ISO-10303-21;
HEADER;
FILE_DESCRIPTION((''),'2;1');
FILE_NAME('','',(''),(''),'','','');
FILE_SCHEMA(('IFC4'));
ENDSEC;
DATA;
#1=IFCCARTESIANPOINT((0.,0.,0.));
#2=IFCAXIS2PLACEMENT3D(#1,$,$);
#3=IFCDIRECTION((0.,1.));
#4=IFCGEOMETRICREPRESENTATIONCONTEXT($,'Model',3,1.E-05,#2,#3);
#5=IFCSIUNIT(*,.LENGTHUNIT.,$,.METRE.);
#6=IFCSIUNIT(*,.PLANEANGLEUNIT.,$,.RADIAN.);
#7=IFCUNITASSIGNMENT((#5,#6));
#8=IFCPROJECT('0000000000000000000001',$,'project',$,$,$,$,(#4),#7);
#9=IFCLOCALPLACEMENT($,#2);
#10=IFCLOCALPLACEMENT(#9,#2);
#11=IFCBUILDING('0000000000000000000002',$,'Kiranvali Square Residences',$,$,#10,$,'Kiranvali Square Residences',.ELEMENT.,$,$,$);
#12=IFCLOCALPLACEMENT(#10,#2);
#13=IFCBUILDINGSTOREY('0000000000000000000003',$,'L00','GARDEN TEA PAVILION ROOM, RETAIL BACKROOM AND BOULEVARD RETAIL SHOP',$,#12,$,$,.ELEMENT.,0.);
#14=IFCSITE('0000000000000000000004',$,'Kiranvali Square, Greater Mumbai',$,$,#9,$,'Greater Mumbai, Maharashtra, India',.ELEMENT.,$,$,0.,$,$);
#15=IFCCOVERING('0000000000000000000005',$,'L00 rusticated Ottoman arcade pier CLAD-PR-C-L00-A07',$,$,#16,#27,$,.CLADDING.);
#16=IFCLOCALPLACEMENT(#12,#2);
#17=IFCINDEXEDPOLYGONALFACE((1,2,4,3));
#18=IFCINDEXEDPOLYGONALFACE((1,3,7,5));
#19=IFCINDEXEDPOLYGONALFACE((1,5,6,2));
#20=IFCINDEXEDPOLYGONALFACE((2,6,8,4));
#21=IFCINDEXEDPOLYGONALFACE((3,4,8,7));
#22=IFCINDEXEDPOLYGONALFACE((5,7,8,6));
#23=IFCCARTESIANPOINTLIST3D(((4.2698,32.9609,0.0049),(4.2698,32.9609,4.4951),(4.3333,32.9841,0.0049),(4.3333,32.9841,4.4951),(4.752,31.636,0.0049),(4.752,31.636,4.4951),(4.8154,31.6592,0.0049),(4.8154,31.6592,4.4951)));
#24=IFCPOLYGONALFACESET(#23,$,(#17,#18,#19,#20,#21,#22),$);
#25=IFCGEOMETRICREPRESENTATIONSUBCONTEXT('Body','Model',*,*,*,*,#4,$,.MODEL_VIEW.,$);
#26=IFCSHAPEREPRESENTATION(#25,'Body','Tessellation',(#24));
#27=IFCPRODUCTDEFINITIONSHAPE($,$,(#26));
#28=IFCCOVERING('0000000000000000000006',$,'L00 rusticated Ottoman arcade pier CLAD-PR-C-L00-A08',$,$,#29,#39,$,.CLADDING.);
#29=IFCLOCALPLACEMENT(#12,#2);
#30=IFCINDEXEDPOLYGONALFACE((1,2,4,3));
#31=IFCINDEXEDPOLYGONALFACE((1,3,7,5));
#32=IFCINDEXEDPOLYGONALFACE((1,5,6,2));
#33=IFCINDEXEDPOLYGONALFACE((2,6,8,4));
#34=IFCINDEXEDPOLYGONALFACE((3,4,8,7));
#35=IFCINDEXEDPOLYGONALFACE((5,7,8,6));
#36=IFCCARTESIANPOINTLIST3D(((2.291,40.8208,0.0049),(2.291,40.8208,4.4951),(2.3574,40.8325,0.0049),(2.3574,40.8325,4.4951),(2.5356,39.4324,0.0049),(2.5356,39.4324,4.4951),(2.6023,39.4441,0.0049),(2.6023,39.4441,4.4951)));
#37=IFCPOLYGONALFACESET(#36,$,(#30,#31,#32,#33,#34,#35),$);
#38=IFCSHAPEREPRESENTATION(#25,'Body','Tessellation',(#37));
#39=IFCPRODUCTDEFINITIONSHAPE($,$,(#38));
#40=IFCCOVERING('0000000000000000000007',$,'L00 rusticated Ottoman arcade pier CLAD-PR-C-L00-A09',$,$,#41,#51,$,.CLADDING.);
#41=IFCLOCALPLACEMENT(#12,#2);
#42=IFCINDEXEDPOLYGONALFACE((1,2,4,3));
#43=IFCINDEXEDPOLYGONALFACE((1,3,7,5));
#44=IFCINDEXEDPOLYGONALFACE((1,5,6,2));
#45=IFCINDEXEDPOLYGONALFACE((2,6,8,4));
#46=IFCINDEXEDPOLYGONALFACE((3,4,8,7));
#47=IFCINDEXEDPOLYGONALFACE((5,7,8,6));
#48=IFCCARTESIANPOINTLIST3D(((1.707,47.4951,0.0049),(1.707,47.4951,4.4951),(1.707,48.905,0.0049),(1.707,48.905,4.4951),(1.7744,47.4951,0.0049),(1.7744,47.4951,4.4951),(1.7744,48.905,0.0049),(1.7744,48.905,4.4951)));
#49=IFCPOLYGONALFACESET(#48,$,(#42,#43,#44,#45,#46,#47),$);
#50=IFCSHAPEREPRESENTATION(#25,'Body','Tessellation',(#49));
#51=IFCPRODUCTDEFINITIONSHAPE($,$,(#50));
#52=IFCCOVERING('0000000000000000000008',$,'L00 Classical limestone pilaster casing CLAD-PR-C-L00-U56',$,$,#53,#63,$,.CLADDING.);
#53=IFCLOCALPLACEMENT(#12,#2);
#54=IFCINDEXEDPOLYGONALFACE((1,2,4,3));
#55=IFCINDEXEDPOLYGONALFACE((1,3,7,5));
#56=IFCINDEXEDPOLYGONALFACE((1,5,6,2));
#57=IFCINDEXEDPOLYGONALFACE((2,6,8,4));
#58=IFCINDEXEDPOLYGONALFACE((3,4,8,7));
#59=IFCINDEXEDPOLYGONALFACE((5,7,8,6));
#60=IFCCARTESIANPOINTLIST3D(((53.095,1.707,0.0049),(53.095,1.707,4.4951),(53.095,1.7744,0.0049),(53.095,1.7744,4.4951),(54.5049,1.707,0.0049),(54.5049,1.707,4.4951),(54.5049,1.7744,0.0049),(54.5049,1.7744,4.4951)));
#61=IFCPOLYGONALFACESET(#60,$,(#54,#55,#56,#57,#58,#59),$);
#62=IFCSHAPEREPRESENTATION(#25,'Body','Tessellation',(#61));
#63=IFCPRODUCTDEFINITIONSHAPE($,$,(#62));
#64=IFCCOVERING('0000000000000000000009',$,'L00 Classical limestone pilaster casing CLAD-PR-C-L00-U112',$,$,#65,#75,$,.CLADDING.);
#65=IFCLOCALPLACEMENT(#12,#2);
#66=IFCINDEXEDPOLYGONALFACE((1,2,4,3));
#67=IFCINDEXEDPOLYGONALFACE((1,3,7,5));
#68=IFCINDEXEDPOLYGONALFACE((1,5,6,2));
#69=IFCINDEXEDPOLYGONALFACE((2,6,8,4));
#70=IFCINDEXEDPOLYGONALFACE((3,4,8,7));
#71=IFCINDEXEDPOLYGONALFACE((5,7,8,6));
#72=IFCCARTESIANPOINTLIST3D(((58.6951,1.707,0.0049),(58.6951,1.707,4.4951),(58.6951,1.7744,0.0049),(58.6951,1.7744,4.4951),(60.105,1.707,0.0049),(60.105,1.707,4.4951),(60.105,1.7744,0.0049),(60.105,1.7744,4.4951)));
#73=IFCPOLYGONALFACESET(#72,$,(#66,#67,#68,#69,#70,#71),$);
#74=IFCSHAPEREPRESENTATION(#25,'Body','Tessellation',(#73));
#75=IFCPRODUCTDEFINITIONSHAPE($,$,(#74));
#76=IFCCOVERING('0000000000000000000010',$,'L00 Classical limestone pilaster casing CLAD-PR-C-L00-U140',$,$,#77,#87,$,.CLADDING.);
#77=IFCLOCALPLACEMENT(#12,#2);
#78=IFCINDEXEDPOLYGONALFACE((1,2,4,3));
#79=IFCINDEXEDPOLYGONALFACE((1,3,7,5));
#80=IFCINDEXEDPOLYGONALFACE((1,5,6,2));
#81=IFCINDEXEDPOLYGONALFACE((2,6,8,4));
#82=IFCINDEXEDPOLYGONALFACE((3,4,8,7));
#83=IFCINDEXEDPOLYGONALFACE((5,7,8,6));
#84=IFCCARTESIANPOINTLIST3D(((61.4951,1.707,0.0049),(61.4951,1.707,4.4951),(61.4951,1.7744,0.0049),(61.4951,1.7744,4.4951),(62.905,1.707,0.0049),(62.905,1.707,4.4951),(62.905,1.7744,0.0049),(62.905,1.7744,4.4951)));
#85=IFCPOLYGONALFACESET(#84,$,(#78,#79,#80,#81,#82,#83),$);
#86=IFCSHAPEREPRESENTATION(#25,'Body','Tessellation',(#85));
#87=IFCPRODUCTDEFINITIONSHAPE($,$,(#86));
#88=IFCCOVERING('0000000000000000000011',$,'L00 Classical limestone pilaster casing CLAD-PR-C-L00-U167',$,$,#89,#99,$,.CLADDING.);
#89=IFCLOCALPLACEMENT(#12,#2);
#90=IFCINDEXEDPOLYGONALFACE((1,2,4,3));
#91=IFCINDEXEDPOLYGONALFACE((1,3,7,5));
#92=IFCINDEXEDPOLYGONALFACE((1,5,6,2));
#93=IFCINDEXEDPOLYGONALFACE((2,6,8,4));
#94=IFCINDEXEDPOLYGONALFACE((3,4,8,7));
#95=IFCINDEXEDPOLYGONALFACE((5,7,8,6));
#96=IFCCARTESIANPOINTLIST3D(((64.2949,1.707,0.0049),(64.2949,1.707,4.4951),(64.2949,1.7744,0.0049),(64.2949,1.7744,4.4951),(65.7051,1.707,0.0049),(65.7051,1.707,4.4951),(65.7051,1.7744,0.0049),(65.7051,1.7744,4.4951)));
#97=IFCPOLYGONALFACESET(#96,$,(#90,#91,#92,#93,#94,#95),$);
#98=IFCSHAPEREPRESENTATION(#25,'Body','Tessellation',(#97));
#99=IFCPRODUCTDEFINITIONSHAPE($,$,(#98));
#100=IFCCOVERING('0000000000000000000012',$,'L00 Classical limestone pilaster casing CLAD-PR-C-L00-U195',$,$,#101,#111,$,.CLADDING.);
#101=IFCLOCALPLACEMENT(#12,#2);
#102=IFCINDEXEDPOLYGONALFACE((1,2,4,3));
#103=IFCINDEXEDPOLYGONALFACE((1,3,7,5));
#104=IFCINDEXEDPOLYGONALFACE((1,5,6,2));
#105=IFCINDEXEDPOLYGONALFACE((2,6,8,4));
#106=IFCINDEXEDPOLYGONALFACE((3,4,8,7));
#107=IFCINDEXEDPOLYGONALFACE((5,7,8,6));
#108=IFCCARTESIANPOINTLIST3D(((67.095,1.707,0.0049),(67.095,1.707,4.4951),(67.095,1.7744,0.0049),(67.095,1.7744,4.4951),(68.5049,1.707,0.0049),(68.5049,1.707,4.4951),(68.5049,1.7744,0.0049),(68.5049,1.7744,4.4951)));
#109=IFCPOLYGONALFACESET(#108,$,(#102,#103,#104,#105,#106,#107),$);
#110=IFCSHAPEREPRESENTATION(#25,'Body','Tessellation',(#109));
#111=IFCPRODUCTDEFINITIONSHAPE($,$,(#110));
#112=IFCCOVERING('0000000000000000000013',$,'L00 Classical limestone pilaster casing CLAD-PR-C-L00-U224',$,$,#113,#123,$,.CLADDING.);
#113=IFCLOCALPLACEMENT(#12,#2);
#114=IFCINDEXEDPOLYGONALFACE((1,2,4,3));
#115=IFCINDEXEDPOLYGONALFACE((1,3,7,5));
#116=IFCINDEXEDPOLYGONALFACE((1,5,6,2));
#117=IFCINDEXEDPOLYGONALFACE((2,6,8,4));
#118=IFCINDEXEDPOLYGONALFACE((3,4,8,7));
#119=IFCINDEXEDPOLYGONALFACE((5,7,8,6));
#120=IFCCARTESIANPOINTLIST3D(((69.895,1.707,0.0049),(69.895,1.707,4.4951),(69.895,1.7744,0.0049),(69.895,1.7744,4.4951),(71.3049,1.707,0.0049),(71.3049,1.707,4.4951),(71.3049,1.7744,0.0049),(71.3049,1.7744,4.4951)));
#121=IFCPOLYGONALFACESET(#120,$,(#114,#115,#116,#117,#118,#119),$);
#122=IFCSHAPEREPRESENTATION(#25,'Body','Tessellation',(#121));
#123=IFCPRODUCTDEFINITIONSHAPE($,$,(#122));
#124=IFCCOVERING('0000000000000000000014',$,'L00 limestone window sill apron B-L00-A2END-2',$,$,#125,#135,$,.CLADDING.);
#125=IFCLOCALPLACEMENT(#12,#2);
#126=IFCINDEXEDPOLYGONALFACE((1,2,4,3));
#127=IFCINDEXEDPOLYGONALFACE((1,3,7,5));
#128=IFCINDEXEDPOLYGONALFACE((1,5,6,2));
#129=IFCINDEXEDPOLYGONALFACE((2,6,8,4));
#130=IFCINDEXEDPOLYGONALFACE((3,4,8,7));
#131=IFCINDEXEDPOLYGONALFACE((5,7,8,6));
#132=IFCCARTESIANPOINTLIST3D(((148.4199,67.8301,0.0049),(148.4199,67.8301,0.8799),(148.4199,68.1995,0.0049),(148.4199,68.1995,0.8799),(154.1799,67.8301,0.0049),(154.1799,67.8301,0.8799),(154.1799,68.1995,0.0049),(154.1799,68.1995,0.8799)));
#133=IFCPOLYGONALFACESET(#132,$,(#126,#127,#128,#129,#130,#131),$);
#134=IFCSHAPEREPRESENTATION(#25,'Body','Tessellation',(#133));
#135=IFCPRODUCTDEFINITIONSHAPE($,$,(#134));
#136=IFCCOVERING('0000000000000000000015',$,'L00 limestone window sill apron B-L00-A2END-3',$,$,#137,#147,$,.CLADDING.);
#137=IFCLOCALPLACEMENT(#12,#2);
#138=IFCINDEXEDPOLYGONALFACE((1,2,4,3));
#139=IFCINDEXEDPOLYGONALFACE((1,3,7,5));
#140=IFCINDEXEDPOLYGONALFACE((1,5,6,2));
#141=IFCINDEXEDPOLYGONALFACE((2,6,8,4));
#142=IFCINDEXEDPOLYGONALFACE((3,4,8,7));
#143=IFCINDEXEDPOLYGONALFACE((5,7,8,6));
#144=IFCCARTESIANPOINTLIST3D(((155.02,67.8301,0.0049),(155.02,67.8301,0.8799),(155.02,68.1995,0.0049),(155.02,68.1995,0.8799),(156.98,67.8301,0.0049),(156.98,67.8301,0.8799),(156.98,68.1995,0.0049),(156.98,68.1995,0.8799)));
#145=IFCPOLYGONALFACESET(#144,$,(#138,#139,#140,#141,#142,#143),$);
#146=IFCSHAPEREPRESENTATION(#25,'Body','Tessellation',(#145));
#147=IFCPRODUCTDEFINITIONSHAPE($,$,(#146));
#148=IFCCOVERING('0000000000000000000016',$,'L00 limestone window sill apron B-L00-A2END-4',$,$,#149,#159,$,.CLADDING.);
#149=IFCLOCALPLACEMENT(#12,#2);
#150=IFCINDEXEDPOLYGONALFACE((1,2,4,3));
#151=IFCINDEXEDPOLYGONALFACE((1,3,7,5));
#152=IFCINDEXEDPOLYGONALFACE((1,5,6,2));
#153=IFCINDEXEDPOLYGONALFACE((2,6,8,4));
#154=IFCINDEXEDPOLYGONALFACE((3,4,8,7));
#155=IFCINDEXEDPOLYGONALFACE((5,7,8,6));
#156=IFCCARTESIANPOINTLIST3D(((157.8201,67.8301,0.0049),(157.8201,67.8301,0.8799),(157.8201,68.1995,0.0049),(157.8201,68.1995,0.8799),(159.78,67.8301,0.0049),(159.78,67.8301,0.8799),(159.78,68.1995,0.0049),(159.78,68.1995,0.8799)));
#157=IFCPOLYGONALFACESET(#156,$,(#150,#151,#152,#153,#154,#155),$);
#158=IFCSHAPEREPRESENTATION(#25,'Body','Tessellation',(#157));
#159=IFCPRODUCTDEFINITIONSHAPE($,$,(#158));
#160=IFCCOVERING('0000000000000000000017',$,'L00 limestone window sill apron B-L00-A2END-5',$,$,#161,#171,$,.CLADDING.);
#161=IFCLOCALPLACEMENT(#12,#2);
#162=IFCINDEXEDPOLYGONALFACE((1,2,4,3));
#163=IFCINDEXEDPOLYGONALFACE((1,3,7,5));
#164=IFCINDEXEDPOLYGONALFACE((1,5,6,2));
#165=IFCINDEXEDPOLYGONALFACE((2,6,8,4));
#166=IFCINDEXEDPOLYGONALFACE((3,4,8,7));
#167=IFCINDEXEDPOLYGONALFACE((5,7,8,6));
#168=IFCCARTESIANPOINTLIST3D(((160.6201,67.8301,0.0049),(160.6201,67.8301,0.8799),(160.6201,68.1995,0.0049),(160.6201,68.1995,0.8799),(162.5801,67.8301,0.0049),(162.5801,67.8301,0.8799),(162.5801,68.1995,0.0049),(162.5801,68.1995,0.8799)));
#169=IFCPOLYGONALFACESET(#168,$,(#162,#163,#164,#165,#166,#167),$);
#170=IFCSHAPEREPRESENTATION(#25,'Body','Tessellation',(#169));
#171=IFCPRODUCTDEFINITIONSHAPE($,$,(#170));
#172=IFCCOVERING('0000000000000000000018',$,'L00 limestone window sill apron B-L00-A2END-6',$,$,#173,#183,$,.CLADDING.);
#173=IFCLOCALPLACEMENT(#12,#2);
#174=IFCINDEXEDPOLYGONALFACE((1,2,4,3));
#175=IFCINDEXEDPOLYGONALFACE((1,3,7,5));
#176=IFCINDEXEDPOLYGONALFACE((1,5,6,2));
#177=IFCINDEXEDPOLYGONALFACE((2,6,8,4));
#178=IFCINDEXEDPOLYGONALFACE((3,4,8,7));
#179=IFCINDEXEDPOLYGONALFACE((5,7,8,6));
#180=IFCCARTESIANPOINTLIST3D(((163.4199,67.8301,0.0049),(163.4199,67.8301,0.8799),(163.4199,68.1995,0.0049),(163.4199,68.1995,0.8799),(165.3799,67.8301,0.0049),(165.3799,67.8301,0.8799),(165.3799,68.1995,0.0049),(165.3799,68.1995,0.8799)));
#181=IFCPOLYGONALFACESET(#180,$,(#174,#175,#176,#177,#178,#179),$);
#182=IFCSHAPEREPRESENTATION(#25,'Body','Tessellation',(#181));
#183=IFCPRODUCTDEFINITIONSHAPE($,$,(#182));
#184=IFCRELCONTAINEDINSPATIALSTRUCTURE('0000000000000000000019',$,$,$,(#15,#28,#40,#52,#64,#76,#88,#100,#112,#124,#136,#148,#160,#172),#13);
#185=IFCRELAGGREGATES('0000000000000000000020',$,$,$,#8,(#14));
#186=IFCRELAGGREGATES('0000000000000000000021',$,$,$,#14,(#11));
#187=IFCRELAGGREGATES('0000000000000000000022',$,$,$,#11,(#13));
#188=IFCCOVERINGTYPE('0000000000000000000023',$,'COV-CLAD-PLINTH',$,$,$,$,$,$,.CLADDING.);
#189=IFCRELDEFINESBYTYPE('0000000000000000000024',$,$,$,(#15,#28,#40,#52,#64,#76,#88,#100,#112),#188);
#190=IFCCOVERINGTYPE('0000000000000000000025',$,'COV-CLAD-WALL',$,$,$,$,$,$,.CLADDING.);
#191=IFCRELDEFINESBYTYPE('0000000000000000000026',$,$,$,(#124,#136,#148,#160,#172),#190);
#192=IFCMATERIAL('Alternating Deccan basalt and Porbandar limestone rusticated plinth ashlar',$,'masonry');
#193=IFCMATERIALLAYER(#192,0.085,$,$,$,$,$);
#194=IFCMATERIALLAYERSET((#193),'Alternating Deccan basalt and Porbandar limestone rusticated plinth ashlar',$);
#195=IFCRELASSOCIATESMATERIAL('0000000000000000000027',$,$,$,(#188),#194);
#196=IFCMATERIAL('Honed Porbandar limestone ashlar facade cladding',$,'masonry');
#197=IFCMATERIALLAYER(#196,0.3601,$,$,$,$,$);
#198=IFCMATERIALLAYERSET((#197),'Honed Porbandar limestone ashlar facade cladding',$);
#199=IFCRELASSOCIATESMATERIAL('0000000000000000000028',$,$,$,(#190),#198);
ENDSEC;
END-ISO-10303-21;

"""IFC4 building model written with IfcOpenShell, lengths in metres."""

from ifc_helpers import new_model, si_unit, direction, frame, origin, place, context, subcontext, project, spatial, polyline, outline, extrude, material, layer, layer_set, type_object, element, save


model = new_model("IFC4")

# Units and contexts
model_context = context("Model", 3, precision=1e-05, world=origin(), true_north=direction((0.0, 1.0)))
body_context = subcontext(model_context, "Body", "Model", "MODEL_VIEW")
ifc_project = project(units=[si_unit("LENGTHUNIT", "METRE"), si_unit("PLANEANGLEUNIT", "RADIAN")], contexts=[model_context])

# Site, building, storey
site_placement = place(None, origin())
site = spatial("IfcSite", under=ifc_project, at=site_placement, Name="Kiranvali Square, Greater Mumbai", LongName="Greater Mumbai, Maharashtra, India", CompositionType="ELEMENT", RefElevation=0.0)
building_placement = place(site_placement, origin())
building = spatial("IfcBuilding", under=site, at=building_placement, Name="Kiranvali Square Residences", LongName="Kiranvali Square Residences", CompositionType="ELEMENT")
storey_placement = place(building_placement, origin())
storey = spatial("IfcBuildingStorey", under=building, at=storey_placement, Name="L00", Description="GARDEN TEA PAVILION ROOM, RETAIL BACKROOM AND BOULEVARD RETAIL SHOP", CompositionType="ELEMENT", Elevation=0.0)

# Coverings
ifc_material_1 = material(Name="Honed Porbandar limestone ashlar facade cladding", Category="masonry")
ifc_material_2 = material(Name="Alternating Deccan basalt and Porbandar limestone rusticated plinth ashlar", Category="masonry")
ifc_layer_1 = layer(ifc_material_2, 0.085)
ifc_layer_set_1 = layer_set([ifc_layer_1], Name="Alternating Deccan basalt and Porbandar limestone rusticated plinth ashlar")
covering_type_1 = type_object("IfcCoveringType", Name="COV-CLAD-PLINTH", PredefinedType="CLADDING", material=ifc_layer_set_1)
covering_1_placement = place(storey_placement, frame((0.0, 0.0, 0.0049)))
element("IfcCovering", 1, at=covering_1_placement, inside=storey, type_object=covering_type_1, Name="L00 rusticated Ottoman arcade pier CLAD-PR-C-L00-A07", PredefinedType="CLADDING", context=body_context, shape_type="SweptSolid", body=[
    extrude(outline(polyline([(4.2698, 32.9609), (4.752, 31.636), (4.8154, 31.6592), (4.3333, 32.9841), (4.2698, 32.9609)])), origin(), (0.0, 0.0, 1.0), 4.4902),
])
covering_2_placement = place(storey_placement, frame((0.0, 0.0, 0.0049)))
element("IfcCovering", 2, at=covering_2_placement, inside=storey, type_object=covering_type_1, Name="L00 rusticated Ottoman arcade pier CLAD-PR-C-L00-A08", PredefinedType="CLADDING", context=body_context, shape_type="SweptSolid", body=[
    extrude(outline(polyline([(2.291, 40.8208), (2.5356, 39.4324), (2.6023, 39.4441), (2.3574, 40.8325), (2.291, 40.8208)])), origin(), (0.0, 0.0, 1.0), 4.4902),
])
covering_3_placement = place(storey_placement, frame((0.0, 0.0, 0.0049)))
element("IfcCovering", 3, at=covering_3_placement, inside=storey, type_object=covering_type_1, Name="L00 rusticated Ottoman arcade pier CLAD-PR-C-L00-A09", PredefinedType="CLADDING", context=body_context, shape_type="SweptSolid", body=[
    extrude(outline(polyline([(1.707, 48.905), (1.707, 47.4951), (1.7744, 47.4951), (1.7744, 48.905), (1.707, 48.905)])), origin(), (0.0, 0.0, 1.0), 4.4902),
])
covering_4_placement = place(storey_placement, frame((0.0, 0.0, 0.0049)))
element("IfcCovering", 4, at=covering_4_placement, inside=storey, type_object=covering_type_1, Name="L00 Classical limestone pilaster casing CLAD-PR-C-L00-U56", PredefinedType="CLADDING", context=body_context, shape_type="SweptSolid", body=[
    extrude(outline(polyline([(53.095, 1.707), (54.5049, 1.707), (54.5049, 1.7744), (53.095, 1.7744), (53.095, 1.707)])), origin(), (0.0, 0.0, 1.0), 4.4902),
])
covering_5_placement = place(storey_placement, frame((0.0, 0.0, 0.0049)))
element("IfcCovering", 5, at=covering_5_placement, inside=storey, type_object=covering_type_1, Name="L00 Classical limestone pilaster casing CLAD-PR-C-L00-U112", PredefinedType="CLADDING", context=body_context, shape_type="SweptSolid", body=[
    extrude(outline(polyline([(58.6951, 1.707), (60.105, 1.707), (60.105, 1.7744), (58.6951, 1.7744), (58.6951, 1.707)])), origin(), (0.0, 0.0, 1.0), 4.4902),
])
covering_6_placement = place(storey_placement, frame((0.0, 0.0, 0.0049)))
element("IfcCovering", 6, at=covering_6_placement, inside=storey, type_object=covering_type_1, Name="L00 Classical limestone pilaster casing CLAD-PR-C-L00-U140", PredefinedType="CLADDING", context=body_context, shape_type="SweptSolid", body=[
    extrude(outline(polyline([(61.4951, 1.707), (62.905, 1.707), (62.905, 1.7744), (61.4951, 1.7744), (61.4951, 1.707)])), origin(), (0.0, 0.0, 1.0), 4.4902),
])
covering_7_placement = place(storey_placement, frame((0.0, 0.0, 0.0049)))
element("IfcCovering", 7, at=covering_7_placement, inside=storey, type_object=covering_type_1, Name="L00 Classical limestone pilaster casing CLAD-PR-C-L00-U167", PredefinedType="CLADDING", context=body_context, shape_type="SweptSolid", body=[
    extrude(outline(polyline([(64.2949, 1.707), (65.7051, 1.707), (65.7051, 1.7744), (64.2949, 1.7744), (64.2949, 1.707)])), origin(), (0.0, 0.0, 1.0), 4.4902),
])
covering_8_placement = place(storey_placement, frame((0.0, 0.0, 0.0049)))
element("IfcCovering", 8, at=covering_8_placement, inside=storey, type_object=covering_type_1, Name="L00 Classical limestone pilaster casing CLAD-PR-C-L00-U195", PredefinedType="CLADDING", context=body_context, shape_type="SweptSolid", body=[
    extrude(outline(polyline([(67.095, 1.707), (68.5049, 1.707), (68.5049, 1.7744), (67.095, 1.7744), (67.095, 1.707)])), origin(), (0.0, 0.0, 1.0), 4.4902),
])
covering_9_placement = place(storey_placement, frame((0.0, 0.0, 0.0049)))
element("IfcCovering", 9, at=covering_9_placement, inside=storey, type_object=covering_type_1, Name="L00 Classical limestone pilaster casing CLAD-PR-C-L00-U224", PredefinedType="CLADDING", context=body_context, shape_type="SweptSolid", body=[
    extrude(outline(polyline([(69.895, 1.707), (71.3049, 1.707), (71.3049, 1.7744), (69.895, 1.7744), (69.895, 1.707)])), origin(), (0.0, 0.0, 1.0), 4.4902),
])
ifc_layer_2 = layer(ifc_material_1, 0.3601)
ifc_layer_set_2 = layer_set([ifc_layer_2], Name="Honed Porbandar limestone ashlar facade cladding")
covering_type_2 = type_object("IfcCoveringType", Name="COV-CLAD-WALL", PredefinedType="CLADDING", material=ifc_layer_set_2)
covering_10_placement = place(storey_placement, frame((0.0, 0.0, 0.0049)))
element("IfcCovering", 10, at=covering_10_placement, inside=storey, type_object=covering_type_2, Name="L00 limestone window sill apron B-L00-A2END-2", PredefinedType="CLADDING", context=body_context, shape_type="SweptSolid", body=[
    extrude(outline(polyline([(148.4199, 67.8301), (154.1799, 67.8301), (154.1799, 68.1995), (148.4199, 68.1995), (148.4199, 67.8301)])), origin(), (0.0, 0.0, 1.0), 0.875),
])
covering_11_placement = place(storey_placement, frame((0.0, 0.0, 0.0049)))
element("IfcCovering", 11, at=covering_11_placement, inside=storey, type_object=covering_type_2, Name="L00 limestone window sill apron B-L00-A2END-3", PredefinedType="CLADDING", context=body_context, shape_type="SweptSolid", body=[
    extrude(outline(polyline([(155.02, 67.8301), (156.98, 67.8301), (156.98, 68.1995), (155.02, 68.1995), (155.02, 67.8301)])), origin(), (0.0, 0.0, 1.0), 0.875),
])
covering_12_placement = place(storey_placement, frame((0.0, 0.0, 0.0049)))
element("IfcCovering", 12, at=covering_12_placement, inside=storey, type_object=covering_type_2, Name="L00 limestone window sill apron B-L00-A2END-4", PredefinedType="CLADDING", context=body_context, shape_type="SweptSolid", body=[
    extrude(outline(polyline([(157.8201, 67.8301), (159.78, 67.8301), (159.78, 68.1995), (157.8201, 68.1995), (157.8201, 67.8301)])), origin(), (0.0, 0.0, 1.0), 0.875),
])
covering_13_placement = place(storey_placement, frame((0.0, 0.0, 0.0049)))
element("IfcCovering", 13, at=covering_13_placement, inside=storey, type_object=covering_type_2, Name="L00 limestone window sill apron B-L00-A2END-5", PredefinedType="CLADDING", context=body_context, shape_type="SweptSolid", body=[
    extrude(outline(polyline([(160.6201, 67.8301), (162.5801, 67.8301), (162.5801, 68.1995), (160.6201, 68.1995), (160.6201, 67.8301)])), origin(), (0.0, 0.0, 1.0), 0.875),
])
covering_14_placement = place(storey_placement, frame((0.0, 0.0, 0.0049)))
element("IfcCovering", 14, at=covering_14_placement, inside=storey, type_object=covering_type_2, Name="L00 limestone window sill apron B-L00-A2END-6", PredefinedType="CLADDING", context=body_context, shape_type="SweptSolid", body=[
    extrude(outline(polyline([(163.4199, 67.8301), (165.3799, 67.8301), (165.3799, 68.1995), (163.4199, 68.1995), (163.4199, 67.8301)])), origin(), (0.0, 0.0, 1.0), 0.875),
])

save(model, "model.ifc")
